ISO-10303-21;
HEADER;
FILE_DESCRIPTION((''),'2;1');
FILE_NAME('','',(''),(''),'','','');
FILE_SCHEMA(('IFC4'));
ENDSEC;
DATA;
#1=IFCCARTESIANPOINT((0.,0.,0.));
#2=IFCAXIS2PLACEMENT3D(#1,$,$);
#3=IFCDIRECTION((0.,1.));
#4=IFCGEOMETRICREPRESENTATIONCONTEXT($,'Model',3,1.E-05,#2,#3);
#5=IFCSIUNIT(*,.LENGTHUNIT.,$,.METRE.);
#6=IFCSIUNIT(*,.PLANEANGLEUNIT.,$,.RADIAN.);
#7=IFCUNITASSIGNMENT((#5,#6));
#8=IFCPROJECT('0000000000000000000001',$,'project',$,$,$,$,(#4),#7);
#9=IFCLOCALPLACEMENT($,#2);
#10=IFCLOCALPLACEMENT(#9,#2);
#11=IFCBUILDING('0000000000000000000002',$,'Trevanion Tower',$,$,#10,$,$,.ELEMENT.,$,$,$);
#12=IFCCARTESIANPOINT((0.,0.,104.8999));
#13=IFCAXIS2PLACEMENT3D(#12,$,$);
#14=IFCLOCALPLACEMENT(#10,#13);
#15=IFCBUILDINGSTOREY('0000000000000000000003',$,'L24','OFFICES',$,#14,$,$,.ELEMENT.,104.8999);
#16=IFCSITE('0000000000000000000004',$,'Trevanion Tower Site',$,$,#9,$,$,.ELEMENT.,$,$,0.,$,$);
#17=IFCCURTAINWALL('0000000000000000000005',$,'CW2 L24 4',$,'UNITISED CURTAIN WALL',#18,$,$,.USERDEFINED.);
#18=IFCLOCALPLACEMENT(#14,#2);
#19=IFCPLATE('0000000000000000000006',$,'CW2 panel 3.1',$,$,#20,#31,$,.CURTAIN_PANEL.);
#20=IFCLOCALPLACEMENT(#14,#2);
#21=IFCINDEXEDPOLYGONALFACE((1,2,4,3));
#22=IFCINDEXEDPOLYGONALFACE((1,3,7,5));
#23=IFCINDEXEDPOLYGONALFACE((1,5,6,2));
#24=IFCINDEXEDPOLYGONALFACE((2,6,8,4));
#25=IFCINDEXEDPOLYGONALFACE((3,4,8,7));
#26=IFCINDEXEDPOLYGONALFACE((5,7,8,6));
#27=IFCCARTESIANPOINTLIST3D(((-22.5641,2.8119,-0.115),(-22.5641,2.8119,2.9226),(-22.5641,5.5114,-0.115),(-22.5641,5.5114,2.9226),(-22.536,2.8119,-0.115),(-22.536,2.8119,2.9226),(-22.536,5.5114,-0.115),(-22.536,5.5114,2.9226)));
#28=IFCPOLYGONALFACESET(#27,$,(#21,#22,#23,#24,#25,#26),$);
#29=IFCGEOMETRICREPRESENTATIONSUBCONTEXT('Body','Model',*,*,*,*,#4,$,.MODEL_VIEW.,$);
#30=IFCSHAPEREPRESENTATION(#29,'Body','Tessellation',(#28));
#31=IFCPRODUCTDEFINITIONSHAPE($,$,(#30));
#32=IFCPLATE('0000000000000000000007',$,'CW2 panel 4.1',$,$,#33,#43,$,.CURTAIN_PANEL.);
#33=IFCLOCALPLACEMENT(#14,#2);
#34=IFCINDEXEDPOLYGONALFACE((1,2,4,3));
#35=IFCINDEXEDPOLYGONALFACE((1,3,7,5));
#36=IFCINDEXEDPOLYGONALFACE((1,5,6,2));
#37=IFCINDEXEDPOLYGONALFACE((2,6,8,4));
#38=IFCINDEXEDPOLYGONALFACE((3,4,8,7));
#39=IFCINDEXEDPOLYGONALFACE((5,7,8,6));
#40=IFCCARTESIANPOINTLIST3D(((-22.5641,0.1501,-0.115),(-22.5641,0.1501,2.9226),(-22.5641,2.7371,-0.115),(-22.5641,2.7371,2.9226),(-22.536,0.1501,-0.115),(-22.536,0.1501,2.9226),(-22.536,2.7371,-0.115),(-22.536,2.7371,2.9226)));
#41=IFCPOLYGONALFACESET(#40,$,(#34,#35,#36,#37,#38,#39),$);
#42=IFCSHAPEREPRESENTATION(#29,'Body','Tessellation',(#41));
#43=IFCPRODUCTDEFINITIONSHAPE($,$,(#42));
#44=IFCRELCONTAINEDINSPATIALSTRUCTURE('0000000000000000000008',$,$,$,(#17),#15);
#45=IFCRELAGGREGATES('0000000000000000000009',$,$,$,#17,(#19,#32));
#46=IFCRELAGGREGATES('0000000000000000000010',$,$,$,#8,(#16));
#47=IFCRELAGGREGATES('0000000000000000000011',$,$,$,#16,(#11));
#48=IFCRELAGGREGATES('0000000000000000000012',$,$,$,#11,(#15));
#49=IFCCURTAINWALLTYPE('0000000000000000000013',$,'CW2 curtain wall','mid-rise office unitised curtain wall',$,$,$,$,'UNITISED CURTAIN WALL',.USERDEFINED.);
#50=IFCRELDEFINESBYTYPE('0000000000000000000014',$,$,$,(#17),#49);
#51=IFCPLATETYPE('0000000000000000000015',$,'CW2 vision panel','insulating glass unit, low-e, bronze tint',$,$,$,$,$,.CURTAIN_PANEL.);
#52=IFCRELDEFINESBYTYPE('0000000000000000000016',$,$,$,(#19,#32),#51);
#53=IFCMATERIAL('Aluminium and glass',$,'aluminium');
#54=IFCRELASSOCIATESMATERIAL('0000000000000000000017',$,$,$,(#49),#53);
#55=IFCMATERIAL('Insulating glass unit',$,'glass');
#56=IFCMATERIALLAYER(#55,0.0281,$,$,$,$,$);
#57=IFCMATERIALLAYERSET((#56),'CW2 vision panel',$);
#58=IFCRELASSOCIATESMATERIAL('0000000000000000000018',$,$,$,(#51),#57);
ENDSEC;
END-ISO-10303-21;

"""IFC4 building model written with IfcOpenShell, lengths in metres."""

from ifc_helpers import new_model, si_unit, direction, frame, origin, origin_2d, place, context, subcontext, project, spatial, rectangle, extrude, material, layer, layer_set, type_object, element, aggregate, save


model = new_model("IFC4")

# Units and contexts
model_context = context("Model", 3, precision=1e-05, world=origin(), true_north=direction((0.0, 1.0)))
body_context = subcontext(model_context, "Body", "Model", "MODEL_VIEW")
ifc_project = project(units=[si_unit("LENGTHUNIT", "METRE"), si_unit("PLANEANGLEUNIT", "RADIAN")], contexts=[model_context])

# Site, building, storey
site_placement = place(None, origin())
site = spatial("IfcSite", under=ifc_project, at=site_placement, Name="Trevanion Tower Site", CompositionType="ELEMENT", RefElevation=0.0)
building_placement = place(site_placement, origin())
building = spatial("IfcBuilding", under=site, at=building_placement, Name="Trevanion Tower", CompositionType="ELEMENT")
storey_placement = place(building_placement, frame((0.0, 0.0, 104.8999)))
storey = spatial("IfcBuildingStorey", under=building, at=storey_placement, Name="L24", Description="OFFICES", CompositionType="ELEMENT", Elevation=104.8999)

# Curtain wall, plates
ifc_material_1 = material(Name="Aluminium and glass", Category="aluminium")
curtain_wall_type = type_object("IfcCurtainWallType", Name="CW2 curtain wall", Description="mid-rise office unitised curtain wall", ElementType="UNITISED CURTAIN WALL", PredefinedType="USERDEFINED", material=ifc_material_1)
curtain_wall_placement = place(storey_placement, origin())
curtain_wall = element("IfcCurtainWall", 1, at=curtain_wall_placement, inside=storey, type_object=curtain_wall_type, Name="CW2 L24 4", ObjectType="UNITISED CURTAIN WALL", PredefinedType="USERDEFINED")
ifc_material_2 = material(Name="Insulating glass unit", Category="glass")
ifc_layer_1 = layer(ifc_material_2, 0.0281)
ifc_layer_set_1 = layer_set([ifc_layer_1], Name="CW2 vision panel")
plate_type_1 = type_object("IfcPlateType", Name="CW2 vision panel", Description="insulating glass unit, low-e, bronze tint", PredefinedType="CURTAIN_PANEL", material=ifc_layer_set_1)
plate_1_placement = place(storey_placement, frame((-22.55, 4.1616, -0.115), z_axis=(0.0, 0.0, 1.0), x_axis=(0.0, -1.0, 0.0)))
plate_1 = element("IfcPlate", 2, at=plate_1_placement, type_object=plate_type_1, Name="CW2 panel 3.1", PredefinedType="CURTAIN_PANEL", context=body_context, shape_type="SweptSolid", body=[
    extrude(rectangle(XDim=2.6995, YDim=0.0281, at=origin_2d()), origin(), (0.0, 0.0, 1.0), 3.0376),
])
plate_2_placement = place(storey_placement, frame((-22.55, 1.4436, -0.115), z_axis=(0.0, 0.0, 1.0), x_axis=(0.0, -1.0, 0.0)))
plate_2 = element("IfcPlate", 3, at=plate_2_placement, type_object=plate_type_1, Name="CW2 panel 4.1", PredefinedType="CURTAIN_PANEL", context=body_context, shape_type="SweptSolid", body=[
    extrude(rectangle(XDim=2.5869, YDim=0.0281, at=origin_2d()), origin(), (0.0, 0.0, 1.0), 3.0376),
])
aggregate(curtain_wall, [plate_1, plate_2])

save(model, "model.ifc")
